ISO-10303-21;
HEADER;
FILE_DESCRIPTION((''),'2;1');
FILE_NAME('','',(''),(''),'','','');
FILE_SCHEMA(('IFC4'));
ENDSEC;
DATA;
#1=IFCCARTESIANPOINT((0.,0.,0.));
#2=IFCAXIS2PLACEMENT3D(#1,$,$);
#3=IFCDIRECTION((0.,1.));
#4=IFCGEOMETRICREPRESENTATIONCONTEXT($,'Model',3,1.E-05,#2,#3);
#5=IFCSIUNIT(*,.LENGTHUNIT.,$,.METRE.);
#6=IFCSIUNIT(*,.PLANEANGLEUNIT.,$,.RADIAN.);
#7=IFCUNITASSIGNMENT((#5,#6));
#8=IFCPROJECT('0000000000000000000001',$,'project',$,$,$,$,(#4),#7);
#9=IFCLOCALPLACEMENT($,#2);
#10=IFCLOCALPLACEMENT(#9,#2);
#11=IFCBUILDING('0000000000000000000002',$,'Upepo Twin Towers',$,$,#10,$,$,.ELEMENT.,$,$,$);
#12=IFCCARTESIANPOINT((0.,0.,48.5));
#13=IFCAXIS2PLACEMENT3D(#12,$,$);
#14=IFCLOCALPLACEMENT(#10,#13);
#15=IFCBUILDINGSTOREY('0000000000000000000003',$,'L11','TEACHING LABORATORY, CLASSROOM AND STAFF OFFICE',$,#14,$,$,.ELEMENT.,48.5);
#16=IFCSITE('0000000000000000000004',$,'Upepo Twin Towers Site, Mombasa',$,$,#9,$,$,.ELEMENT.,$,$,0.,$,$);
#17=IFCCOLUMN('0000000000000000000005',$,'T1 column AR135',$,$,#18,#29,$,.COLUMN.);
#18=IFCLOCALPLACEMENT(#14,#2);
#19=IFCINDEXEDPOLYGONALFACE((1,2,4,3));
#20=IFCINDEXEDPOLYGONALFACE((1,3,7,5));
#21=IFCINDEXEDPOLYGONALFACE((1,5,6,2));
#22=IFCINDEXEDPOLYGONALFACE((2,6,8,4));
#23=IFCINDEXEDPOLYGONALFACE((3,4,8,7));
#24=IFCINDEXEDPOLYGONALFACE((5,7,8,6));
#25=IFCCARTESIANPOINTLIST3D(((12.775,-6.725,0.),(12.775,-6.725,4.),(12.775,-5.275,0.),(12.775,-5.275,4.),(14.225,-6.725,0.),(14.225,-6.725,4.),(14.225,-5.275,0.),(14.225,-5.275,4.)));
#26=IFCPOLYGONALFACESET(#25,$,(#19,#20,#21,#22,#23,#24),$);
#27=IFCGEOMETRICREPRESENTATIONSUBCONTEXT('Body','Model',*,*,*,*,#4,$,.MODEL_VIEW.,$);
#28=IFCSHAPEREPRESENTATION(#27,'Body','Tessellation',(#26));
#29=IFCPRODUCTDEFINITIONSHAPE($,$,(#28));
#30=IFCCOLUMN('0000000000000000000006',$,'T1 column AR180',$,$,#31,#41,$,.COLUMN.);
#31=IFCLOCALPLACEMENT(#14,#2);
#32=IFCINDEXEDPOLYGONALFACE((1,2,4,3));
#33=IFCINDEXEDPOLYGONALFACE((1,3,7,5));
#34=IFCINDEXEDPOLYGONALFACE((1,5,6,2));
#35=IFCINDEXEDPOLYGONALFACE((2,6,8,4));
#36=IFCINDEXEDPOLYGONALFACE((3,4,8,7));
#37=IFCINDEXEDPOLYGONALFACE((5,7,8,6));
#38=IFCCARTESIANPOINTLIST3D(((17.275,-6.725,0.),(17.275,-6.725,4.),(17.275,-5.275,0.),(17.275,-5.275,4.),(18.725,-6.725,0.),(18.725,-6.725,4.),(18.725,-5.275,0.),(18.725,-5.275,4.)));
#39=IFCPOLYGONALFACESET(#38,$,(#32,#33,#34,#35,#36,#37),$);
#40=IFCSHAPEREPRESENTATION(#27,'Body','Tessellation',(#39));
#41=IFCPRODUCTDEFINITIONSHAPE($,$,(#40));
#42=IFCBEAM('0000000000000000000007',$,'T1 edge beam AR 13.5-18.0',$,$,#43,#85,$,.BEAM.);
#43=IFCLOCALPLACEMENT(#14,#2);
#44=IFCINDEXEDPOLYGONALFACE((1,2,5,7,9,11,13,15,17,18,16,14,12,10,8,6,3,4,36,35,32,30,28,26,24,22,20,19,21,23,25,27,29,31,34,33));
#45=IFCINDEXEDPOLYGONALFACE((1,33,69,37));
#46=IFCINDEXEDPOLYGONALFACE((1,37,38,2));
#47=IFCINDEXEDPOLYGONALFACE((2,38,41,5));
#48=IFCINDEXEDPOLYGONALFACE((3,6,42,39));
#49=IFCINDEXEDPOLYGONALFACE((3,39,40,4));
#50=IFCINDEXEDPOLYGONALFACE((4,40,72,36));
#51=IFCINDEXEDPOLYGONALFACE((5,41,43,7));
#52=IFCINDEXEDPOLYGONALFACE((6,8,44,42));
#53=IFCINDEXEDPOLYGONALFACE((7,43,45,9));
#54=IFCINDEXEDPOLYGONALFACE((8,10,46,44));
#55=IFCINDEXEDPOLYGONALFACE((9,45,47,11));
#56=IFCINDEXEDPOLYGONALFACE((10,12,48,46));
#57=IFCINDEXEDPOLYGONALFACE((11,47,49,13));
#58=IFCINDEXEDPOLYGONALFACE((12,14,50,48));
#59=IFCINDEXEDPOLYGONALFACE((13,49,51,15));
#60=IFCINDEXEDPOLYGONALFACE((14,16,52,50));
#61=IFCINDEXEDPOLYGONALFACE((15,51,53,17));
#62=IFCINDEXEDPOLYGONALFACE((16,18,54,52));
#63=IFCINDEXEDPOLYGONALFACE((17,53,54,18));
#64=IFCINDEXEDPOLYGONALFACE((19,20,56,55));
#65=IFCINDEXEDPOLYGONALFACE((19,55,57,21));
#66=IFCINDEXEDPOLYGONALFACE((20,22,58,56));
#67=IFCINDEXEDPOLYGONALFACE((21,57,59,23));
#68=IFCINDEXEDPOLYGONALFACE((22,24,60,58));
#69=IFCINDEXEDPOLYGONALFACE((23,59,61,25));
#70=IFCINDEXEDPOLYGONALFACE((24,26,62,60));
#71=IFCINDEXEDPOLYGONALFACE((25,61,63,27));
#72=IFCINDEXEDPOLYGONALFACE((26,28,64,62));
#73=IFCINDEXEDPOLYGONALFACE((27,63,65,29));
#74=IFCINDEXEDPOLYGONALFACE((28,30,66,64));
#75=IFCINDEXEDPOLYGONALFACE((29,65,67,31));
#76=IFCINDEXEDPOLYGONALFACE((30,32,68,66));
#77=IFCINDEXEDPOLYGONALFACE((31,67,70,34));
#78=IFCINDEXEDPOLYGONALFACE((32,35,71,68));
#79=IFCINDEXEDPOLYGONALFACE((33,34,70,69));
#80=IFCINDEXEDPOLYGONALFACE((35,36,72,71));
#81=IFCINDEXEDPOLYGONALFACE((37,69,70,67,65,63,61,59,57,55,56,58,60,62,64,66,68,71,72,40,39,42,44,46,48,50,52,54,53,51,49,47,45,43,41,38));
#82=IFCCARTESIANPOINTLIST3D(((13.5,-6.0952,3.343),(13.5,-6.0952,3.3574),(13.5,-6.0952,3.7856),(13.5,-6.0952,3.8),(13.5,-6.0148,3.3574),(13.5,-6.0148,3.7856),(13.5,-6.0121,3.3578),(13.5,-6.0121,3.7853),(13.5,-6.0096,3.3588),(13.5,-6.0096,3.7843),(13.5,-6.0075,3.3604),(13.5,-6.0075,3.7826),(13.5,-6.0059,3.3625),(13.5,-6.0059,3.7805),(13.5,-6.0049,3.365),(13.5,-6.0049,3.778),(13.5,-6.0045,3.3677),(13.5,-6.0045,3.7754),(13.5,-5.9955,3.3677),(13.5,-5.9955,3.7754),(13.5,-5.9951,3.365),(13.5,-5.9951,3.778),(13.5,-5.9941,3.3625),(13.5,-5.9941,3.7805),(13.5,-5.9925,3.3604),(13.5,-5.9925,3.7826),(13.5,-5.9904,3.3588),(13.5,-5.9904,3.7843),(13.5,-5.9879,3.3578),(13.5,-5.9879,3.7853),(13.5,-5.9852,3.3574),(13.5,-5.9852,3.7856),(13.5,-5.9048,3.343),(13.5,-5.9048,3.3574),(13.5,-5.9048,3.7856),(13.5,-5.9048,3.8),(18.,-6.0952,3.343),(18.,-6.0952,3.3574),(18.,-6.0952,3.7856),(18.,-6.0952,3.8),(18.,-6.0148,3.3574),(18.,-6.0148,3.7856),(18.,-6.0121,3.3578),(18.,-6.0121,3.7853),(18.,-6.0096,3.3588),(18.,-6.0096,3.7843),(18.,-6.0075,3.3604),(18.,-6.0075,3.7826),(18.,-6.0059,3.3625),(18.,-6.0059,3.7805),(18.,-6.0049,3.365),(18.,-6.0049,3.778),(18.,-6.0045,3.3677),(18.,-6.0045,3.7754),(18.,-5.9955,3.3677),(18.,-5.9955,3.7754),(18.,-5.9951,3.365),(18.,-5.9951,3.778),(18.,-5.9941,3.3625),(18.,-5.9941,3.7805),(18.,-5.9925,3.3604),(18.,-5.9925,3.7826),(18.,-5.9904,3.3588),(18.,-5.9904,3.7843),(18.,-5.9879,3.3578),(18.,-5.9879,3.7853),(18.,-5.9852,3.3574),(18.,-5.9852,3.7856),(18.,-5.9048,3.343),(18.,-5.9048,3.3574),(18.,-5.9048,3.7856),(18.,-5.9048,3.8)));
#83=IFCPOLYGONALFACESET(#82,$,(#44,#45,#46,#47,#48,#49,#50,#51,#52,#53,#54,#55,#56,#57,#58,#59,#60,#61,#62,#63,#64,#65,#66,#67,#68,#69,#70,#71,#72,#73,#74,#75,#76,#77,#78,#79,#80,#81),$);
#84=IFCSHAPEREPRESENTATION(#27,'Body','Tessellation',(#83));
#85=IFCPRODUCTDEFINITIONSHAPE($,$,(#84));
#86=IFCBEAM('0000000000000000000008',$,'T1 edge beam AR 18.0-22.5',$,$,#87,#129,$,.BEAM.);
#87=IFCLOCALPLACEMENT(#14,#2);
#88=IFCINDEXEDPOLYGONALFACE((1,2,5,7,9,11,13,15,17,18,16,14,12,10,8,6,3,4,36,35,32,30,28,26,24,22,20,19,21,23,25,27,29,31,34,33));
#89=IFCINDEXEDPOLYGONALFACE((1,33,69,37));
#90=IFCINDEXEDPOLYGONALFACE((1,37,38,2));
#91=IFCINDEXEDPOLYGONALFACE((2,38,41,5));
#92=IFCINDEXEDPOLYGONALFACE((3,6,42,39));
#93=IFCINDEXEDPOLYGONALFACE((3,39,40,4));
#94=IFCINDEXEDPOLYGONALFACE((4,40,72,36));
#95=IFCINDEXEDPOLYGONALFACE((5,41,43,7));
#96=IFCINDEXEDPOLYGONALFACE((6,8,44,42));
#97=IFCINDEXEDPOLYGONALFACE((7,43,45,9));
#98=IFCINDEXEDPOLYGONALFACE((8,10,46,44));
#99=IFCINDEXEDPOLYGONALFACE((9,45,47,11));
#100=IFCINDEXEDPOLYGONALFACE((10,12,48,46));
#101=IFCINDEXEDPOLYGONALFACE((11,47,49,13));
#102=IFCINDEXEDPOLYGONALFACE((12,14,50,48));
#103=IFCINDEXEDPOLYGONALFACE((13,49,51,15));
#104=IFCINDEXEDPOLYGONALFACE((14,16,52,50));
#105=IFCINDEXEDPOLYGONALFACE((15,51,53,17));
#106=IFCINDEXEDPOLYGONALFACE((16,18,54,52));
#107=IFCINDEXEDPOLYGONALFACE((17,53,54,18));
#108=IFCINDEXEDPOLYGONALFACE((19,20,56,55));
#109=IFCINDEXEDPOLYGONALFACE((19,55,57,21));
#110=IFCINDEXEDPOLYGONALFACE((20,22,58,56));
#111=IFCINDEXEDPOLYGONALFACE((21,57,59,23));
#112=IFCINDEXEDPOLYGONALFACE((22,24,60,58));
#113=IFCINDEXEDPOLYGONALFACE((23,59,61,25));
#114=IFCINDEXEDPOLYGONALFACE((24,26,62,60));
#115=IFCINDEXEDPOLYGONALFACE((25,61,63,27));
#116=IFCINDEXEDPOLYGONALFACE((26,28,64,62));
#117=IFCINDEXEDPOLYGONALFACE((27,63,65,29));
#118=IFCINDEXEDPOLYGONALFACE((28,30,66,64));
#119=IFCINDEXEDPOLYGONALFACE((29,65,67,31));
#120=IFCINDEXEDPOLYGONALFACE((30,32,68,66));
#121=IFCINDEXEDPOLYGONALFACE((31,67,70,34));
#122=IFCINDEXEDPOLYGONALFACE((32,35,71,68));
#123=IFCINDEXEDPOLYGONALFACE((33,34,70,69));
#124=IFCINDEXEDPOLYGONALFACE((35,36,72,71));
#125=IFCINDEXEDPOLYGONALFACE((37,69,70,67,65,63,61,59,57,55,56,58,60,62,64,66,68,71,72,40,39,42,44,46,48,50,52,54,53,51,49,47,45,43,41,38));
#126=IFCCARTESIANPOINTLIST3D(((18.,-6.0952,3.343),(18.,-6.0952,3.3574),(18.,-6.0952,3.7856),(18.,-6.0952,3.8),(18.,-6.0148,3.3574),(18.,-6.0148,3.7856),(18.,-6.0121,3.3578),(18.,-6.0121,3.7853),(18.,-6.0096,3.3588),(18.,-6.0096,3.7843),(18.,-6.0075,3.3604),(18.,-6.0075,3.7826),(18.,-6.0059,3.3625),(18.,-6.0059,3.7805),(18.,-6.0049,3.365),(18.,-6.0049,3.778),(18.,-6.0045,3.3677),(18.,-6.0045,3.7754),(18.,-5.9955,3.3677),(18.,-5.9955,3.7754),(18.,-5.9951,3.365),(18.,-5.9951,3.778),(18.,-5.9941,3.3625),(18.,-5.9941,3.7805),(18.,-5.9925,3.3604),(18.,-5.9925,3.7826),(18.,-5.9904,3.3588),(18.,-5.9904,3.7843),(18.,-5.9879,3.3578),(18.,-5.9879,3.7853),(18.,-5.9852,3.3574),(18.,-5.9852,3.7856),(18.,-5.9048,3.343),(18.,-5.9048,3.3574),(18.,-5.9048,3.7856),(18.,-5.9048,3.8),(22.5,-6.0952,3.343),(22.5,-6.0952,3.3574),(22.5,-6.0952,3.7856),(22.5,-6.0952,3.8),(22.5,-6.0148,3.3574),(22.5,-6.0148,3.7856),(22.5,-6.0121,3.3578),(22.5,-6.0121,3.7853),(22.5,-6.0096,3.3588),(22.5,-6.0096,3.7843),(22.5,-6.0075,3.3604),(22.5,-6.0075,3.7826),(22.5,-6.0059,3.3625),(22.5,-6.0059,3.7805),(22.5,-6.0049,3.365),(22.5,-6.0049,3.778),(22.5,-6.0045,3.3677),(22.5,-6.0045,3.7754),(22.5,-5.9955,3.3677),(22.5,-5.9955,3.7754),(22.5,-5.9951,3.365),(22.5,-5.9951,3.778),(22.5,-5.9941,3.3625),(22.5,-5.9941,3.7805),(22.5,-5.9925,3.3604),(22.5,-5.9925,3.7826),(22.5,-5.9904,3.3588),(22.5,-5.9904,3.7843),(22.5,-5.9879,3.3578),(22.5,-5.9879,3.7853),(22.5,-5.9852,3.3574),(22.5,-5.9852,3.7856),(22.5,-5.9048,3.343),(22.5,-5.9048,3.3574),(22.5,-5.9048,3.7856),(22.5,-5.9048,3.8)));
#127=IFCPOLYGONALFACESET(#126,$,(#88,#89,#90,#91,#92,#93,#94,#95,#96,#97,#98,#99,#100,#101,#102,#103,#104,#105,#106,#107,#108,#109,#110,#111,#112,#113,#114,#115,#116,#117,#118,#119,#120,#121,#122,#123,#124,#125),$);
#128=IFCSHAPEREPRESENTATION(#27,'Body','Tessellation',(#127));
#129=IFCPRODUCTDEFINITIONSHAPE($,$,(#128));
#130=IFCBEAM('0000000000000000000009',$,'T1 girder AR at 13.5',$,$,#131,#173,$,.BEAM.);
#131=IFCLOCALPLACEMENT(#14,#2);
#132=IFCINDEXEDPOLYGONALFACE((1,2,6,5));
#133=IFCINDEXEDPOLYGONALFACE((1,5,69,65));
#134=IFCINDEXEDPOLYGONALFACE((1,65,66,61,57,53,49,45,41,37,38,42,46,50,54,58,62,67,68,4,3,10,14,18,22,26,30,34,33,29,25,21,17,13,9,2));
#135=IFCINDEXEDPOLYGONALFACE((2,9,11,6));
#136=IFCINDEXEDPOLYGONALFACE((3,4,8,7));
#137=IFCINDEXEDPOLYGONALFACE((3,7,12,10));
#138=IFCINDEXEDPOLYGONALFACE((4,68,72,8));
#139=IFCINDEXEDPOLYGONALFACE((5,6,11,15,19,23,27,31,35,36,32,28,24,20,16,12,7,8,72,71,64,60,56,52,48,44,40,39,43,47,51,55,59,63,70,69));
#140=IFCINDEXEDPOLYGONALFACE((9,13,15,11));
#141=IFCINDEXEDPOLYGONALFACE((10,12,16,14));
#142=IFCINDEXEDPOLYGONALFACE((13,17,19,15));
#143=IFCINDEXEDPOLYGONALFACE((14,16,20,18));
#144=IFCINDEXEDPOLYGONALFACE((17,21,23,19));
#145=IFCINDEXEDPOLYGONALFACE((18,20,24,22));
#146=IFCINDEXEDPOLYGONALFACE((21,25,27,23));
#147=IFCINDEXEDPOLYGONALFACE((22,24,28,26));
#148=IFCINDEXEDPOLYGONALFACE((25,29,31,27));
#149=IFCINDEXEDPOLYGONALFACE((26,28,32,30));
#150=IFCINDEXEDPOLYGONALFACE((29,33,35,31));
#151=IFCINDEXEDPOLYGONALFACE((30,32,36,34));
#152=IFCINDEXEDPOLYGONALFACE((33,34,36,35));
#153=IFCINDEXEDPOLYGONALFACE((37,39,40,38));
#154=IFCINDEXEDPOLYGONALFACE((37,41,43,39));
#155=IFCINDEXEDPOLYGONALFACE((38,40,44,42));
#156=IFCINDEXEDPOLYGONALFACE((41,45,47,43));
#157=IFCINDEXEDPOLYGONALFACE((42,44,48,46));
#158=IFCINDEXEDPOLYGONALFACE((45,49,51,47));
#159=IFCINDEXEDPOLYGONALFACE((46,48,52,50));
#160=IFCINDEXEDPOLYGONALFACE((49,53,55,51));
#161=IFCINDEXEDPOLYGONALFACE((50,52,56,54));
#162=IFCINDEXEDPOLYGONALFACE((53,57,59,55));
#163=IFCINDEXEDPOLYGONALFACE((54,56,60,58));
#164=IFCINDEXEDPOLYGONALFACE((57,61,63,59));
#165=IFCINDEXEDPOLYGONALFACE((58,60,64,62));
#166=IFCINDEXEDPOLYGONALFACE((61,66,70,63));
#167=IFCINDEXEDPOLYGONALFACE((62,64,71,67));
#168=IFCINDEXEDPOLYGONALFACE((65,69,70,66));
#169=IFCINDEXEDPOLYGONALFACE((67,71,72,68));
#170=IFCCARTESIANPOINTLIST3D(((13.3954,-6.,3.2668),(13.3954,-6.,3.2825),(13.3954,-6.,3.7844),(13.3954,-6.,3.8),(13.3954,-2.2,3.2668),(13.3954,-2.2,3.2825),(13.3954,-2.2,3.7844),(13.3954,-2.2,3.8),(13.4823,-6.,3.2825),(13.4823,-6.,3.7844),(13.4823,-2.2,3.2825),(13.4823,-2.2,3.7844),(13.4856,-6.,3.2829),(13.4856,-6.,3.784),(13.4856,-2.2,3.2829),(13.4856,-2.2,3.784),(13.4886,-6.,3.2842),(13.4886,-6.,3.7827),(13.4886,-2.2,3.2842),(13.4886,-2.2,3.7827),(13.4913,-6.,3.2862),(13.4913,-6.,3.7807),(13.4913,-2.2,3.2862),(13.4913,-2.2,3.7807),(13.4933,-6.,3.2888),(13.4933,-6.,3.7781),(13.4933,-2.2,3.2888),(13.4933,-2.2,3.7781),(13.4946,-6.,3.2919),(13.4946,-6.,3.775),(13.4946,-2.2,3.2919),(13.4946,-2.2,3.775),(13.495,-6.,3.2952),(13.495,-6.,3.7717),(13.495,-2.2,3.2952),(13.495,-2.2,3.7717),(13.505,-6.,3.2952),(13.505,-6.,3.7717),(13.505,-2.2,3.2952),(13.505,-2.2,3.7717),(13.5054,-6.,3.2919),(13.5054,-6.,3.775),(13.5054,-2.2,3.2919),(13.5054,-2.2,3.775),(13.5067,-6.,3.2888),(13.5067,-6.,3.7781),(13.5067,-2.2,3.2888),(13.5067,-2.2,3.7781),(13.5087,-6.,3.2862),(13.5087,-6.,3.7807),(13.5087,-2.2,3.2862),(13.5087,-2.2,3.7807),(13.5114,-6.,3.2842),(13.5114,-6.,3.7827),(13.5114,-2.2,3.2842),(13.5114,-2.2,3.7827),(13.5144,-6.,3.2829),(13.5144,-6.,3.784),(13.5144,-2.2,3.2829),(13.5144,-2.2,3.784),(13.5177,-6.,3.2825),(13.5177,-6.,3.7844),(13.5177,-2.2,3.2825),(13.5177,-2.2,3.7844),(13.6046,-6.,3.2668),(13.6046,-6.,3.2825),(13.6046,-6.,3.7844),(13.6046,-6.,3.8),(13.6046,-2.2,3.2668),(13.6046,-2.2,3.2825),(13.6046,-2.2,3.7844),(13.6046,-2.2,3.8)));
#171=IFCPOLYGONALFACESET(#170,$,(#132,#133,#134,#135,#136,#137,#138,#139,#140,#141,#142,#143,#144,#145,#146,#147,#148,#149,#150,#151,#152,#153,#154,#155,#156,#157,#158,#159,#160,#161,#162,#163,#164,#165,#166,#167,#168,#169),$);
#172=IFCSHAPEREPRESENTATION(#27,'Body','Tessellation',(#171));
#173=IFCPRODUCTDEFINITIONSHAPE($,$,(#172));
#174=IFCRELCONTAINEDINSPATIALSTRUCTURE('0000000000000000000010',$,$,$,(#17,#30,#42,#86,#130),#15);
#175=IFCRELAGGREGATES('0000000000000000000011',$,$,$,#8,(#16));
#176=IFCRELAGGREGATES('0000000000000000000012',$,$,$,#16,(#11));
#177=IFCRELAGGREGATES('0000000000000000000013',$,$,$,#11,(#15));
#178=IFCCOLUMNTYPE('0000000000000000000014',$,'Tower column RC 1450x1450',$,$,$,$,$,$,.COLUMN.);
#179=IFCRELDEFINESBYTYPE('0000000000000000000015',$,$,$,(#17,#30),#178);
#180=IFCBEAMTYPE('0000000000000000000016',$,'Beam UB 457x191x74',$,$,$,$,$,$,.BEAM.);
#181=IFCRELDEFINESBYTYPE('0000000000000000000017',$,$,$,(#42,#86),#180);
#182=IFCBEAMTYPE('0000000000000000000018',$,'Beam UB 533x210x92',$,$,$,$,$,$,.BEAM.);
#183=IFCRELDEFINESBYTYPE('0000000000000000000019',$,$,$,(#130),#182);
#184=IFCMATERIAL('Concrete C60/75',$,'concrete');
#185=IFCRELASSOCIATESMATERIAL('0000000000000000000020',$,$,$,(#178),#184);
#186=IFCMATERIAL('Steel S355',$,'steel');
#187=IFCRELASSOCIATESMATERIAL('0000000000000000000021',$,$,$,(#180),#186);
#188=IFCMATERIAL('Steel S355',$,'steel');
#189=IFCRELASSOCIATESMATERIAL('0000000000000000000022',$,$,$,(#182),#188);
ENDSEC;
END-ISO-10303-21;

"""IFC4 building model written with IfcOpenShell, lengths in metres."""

from ifc_helpers import new_model, si_unit, direction, frame, origin, origin_2d, place, context, subcontext, project, spatial, rectangle, i_section, extrude, material, material_profile, profile_set, type_object, element, save


model = new_model("IFC4")

# Units and contexts
model_context = context("Model", 3, precision=1e-05, world=origin(), true_north=direction((0.0, 1.0)))
body_context = subcontext(model_context, "Body", "Model", "MODEL_VIEW")
ifc_project = project(units=[si_unit("LENGTHUNIT", "METRE"), si_unit("PLANEANGLEUNIT", "RADIAN")], contexts=[model_context])

# Site, building, storey
site_placement = place(None, origin())
site = spatial("IfcSite", under=ifc_project, at=site_placement, Name="Upepo Twin Towers Site, Mombasa", CompositionType="ELEMENT", RefElevation=0.0)
building_placement = place(site_placement, origin())
building = spatial("IfcBuilding", under=site, at=building_placement, Name="Upepo Twin Towers", CompositionType="ELEMENT")
storey_placement = place(building_placement, frame((0.0, 0.0, 48.5)))
storey = spatial("IfcBuildingStorey", under=building, at=storey_placement, Name="L11", Description="TEACHING LABORATORY, CLASSROOM AND STAFF OFFICE", CompositionType="ELEMENT", Elevation=48.5)

# Columns
ifc_material_1 = material(Name="Concrete C60/75", Category="concrete")
ifc_material_profile_1 = material_profile(ifc_material_1, rectangle(XDim=1.45, YDim=1.45, at=origin_2d()), Name="RC 1450x1450")
ifc_profile_set_1 = profile_set([ifc_material_profile_1], Name="Concrete C60/75")
column_type = type_object("IfcColumnType", Name="Tower column RC 1450x1450", PredefinedType="COLUMN", material=ifc_profile_set_1)
for number, where, z_axis, x_axis, name in (
    (1, (13.5, -6.0, 0.0), (0.0, 0.0, 1.0), (1.0, 0.0, 0.0), "T1 column AR135"),
    (2, (18.0, -6.0, 0.0), (0.0, 0.0, 1.0), (1.0, 0.0, 0.0), "T1 column AR180"),
):
    element("IfcColumn", number, at=place(storey_placement, frame(where, z_axis=z_axis, x_axis=x_axis)), inside=storey, type_object=column_type, Name=name, PredefinedType="COLUMN", context=body_context, shape_type="SweptSolid", body=[
        extrude(rectangle(XDim=1.45, YDim=1.45, at=origin_2d()), origin(), (0.0, 0.0, 1.0), 4.0),
    ])

# Beams
ifc_material_2 = material(Name="Steel S355", Category="steel")
ifc_material_profile_2 = material_profile(ifc_material_2, i_section(OverallWidth=0.1904, OverallDepth=0.457, WebThickness=0.009, FlangeThickness=0.0144, FilletRadius=0.0103, at=origin_2d()), Name="UB 457x191x74")
ifc_profile_set_2 = profile_set([ifc_material_profile_2], Name="Steel S355")
beam_type_1 = type_object("IfcBeamType", Name="Beam UB 457x191x74", PredefinedType="BEAM", material=ifc_profile_set_2)
for number, where, z_axis, x_axis, name in (
    (3, (13.5, -6.0, 3.5715), (1.0, 0.0, 0.0), (0.0, 1.0, 0.0), "T1 edge beam AR 13.5-18.0"),
    (4, (18.0, -6.0, 3.5715), (1.0, 0.0, 0.0), (0.0, 1.0, 0.0), "T1 edge beam AR 18.0-22.5"),
):
    element("IfcBeam", number, at=place(storey_placement, frame(where, z_axis=z_axis, x_axis=x_axis)), inside=storey, type_object=beam_type_1, Name=name, PredefinedType="BEAM", context=body_context, shape_type="SweptSolid", body=[
        extrude(i_section(OverallWidth=0.1904, OverallDepth=0.457, WebThickness=0.009, FlangeThickness=0.0144, FilletRadius=0.0103, at=origin_2d()), origin(), (0.0, 0.0, 1.0), 4.5),
    ])
ifc_material_3 = material(Name="Steel S355", Category="steel")
ifc_material_profile_3 = material_profile(ifc_material_3, i_section(OverallWidth=0.2092, OverallDepth=0.5332, WebThickness=0.01, FlangeThickness=0.0156, FilletRadius=0.0127, at=origin_2d()), Name="UB 533x210x92")
ifc_profile_set_3 = profile_set([ifc_material_profile_3], Name="Steel S355")
beam_type_2 = type_object("IfcBeamType", Name="Beam UB 533x210x92", PredefinedType="BEAM", material=ifc_profile_set_3)
for number, where, z_axis, x_axis, name in (
    (5, (13.5, -6.0, 3.5334), (0.0, 1.0, 0.0), (-1.0, 0.0, 0.0), "T1 girder AR at 13.5"),
):
    element("IfcBeam", number, at=place(storey_placement, frame(where, z_axis=z_axis, x_axis=x_axis)), inside=storey, type_object=beam_type_2, Name=name, PredefinedType="BEAM", context=body_context, shape_type="SweptSolid", body=[
        extrude(i_section(OverallWidth=0.2092, OverallDepth=0.5332, WebThickness=0.01, FlangeThickness=0.0156, FilletRadius=0.0127, at=origin_2d()), origin(), (0.0, 0.0, 1.0), 3.8),
    ])

save(model, "model.ifc")
